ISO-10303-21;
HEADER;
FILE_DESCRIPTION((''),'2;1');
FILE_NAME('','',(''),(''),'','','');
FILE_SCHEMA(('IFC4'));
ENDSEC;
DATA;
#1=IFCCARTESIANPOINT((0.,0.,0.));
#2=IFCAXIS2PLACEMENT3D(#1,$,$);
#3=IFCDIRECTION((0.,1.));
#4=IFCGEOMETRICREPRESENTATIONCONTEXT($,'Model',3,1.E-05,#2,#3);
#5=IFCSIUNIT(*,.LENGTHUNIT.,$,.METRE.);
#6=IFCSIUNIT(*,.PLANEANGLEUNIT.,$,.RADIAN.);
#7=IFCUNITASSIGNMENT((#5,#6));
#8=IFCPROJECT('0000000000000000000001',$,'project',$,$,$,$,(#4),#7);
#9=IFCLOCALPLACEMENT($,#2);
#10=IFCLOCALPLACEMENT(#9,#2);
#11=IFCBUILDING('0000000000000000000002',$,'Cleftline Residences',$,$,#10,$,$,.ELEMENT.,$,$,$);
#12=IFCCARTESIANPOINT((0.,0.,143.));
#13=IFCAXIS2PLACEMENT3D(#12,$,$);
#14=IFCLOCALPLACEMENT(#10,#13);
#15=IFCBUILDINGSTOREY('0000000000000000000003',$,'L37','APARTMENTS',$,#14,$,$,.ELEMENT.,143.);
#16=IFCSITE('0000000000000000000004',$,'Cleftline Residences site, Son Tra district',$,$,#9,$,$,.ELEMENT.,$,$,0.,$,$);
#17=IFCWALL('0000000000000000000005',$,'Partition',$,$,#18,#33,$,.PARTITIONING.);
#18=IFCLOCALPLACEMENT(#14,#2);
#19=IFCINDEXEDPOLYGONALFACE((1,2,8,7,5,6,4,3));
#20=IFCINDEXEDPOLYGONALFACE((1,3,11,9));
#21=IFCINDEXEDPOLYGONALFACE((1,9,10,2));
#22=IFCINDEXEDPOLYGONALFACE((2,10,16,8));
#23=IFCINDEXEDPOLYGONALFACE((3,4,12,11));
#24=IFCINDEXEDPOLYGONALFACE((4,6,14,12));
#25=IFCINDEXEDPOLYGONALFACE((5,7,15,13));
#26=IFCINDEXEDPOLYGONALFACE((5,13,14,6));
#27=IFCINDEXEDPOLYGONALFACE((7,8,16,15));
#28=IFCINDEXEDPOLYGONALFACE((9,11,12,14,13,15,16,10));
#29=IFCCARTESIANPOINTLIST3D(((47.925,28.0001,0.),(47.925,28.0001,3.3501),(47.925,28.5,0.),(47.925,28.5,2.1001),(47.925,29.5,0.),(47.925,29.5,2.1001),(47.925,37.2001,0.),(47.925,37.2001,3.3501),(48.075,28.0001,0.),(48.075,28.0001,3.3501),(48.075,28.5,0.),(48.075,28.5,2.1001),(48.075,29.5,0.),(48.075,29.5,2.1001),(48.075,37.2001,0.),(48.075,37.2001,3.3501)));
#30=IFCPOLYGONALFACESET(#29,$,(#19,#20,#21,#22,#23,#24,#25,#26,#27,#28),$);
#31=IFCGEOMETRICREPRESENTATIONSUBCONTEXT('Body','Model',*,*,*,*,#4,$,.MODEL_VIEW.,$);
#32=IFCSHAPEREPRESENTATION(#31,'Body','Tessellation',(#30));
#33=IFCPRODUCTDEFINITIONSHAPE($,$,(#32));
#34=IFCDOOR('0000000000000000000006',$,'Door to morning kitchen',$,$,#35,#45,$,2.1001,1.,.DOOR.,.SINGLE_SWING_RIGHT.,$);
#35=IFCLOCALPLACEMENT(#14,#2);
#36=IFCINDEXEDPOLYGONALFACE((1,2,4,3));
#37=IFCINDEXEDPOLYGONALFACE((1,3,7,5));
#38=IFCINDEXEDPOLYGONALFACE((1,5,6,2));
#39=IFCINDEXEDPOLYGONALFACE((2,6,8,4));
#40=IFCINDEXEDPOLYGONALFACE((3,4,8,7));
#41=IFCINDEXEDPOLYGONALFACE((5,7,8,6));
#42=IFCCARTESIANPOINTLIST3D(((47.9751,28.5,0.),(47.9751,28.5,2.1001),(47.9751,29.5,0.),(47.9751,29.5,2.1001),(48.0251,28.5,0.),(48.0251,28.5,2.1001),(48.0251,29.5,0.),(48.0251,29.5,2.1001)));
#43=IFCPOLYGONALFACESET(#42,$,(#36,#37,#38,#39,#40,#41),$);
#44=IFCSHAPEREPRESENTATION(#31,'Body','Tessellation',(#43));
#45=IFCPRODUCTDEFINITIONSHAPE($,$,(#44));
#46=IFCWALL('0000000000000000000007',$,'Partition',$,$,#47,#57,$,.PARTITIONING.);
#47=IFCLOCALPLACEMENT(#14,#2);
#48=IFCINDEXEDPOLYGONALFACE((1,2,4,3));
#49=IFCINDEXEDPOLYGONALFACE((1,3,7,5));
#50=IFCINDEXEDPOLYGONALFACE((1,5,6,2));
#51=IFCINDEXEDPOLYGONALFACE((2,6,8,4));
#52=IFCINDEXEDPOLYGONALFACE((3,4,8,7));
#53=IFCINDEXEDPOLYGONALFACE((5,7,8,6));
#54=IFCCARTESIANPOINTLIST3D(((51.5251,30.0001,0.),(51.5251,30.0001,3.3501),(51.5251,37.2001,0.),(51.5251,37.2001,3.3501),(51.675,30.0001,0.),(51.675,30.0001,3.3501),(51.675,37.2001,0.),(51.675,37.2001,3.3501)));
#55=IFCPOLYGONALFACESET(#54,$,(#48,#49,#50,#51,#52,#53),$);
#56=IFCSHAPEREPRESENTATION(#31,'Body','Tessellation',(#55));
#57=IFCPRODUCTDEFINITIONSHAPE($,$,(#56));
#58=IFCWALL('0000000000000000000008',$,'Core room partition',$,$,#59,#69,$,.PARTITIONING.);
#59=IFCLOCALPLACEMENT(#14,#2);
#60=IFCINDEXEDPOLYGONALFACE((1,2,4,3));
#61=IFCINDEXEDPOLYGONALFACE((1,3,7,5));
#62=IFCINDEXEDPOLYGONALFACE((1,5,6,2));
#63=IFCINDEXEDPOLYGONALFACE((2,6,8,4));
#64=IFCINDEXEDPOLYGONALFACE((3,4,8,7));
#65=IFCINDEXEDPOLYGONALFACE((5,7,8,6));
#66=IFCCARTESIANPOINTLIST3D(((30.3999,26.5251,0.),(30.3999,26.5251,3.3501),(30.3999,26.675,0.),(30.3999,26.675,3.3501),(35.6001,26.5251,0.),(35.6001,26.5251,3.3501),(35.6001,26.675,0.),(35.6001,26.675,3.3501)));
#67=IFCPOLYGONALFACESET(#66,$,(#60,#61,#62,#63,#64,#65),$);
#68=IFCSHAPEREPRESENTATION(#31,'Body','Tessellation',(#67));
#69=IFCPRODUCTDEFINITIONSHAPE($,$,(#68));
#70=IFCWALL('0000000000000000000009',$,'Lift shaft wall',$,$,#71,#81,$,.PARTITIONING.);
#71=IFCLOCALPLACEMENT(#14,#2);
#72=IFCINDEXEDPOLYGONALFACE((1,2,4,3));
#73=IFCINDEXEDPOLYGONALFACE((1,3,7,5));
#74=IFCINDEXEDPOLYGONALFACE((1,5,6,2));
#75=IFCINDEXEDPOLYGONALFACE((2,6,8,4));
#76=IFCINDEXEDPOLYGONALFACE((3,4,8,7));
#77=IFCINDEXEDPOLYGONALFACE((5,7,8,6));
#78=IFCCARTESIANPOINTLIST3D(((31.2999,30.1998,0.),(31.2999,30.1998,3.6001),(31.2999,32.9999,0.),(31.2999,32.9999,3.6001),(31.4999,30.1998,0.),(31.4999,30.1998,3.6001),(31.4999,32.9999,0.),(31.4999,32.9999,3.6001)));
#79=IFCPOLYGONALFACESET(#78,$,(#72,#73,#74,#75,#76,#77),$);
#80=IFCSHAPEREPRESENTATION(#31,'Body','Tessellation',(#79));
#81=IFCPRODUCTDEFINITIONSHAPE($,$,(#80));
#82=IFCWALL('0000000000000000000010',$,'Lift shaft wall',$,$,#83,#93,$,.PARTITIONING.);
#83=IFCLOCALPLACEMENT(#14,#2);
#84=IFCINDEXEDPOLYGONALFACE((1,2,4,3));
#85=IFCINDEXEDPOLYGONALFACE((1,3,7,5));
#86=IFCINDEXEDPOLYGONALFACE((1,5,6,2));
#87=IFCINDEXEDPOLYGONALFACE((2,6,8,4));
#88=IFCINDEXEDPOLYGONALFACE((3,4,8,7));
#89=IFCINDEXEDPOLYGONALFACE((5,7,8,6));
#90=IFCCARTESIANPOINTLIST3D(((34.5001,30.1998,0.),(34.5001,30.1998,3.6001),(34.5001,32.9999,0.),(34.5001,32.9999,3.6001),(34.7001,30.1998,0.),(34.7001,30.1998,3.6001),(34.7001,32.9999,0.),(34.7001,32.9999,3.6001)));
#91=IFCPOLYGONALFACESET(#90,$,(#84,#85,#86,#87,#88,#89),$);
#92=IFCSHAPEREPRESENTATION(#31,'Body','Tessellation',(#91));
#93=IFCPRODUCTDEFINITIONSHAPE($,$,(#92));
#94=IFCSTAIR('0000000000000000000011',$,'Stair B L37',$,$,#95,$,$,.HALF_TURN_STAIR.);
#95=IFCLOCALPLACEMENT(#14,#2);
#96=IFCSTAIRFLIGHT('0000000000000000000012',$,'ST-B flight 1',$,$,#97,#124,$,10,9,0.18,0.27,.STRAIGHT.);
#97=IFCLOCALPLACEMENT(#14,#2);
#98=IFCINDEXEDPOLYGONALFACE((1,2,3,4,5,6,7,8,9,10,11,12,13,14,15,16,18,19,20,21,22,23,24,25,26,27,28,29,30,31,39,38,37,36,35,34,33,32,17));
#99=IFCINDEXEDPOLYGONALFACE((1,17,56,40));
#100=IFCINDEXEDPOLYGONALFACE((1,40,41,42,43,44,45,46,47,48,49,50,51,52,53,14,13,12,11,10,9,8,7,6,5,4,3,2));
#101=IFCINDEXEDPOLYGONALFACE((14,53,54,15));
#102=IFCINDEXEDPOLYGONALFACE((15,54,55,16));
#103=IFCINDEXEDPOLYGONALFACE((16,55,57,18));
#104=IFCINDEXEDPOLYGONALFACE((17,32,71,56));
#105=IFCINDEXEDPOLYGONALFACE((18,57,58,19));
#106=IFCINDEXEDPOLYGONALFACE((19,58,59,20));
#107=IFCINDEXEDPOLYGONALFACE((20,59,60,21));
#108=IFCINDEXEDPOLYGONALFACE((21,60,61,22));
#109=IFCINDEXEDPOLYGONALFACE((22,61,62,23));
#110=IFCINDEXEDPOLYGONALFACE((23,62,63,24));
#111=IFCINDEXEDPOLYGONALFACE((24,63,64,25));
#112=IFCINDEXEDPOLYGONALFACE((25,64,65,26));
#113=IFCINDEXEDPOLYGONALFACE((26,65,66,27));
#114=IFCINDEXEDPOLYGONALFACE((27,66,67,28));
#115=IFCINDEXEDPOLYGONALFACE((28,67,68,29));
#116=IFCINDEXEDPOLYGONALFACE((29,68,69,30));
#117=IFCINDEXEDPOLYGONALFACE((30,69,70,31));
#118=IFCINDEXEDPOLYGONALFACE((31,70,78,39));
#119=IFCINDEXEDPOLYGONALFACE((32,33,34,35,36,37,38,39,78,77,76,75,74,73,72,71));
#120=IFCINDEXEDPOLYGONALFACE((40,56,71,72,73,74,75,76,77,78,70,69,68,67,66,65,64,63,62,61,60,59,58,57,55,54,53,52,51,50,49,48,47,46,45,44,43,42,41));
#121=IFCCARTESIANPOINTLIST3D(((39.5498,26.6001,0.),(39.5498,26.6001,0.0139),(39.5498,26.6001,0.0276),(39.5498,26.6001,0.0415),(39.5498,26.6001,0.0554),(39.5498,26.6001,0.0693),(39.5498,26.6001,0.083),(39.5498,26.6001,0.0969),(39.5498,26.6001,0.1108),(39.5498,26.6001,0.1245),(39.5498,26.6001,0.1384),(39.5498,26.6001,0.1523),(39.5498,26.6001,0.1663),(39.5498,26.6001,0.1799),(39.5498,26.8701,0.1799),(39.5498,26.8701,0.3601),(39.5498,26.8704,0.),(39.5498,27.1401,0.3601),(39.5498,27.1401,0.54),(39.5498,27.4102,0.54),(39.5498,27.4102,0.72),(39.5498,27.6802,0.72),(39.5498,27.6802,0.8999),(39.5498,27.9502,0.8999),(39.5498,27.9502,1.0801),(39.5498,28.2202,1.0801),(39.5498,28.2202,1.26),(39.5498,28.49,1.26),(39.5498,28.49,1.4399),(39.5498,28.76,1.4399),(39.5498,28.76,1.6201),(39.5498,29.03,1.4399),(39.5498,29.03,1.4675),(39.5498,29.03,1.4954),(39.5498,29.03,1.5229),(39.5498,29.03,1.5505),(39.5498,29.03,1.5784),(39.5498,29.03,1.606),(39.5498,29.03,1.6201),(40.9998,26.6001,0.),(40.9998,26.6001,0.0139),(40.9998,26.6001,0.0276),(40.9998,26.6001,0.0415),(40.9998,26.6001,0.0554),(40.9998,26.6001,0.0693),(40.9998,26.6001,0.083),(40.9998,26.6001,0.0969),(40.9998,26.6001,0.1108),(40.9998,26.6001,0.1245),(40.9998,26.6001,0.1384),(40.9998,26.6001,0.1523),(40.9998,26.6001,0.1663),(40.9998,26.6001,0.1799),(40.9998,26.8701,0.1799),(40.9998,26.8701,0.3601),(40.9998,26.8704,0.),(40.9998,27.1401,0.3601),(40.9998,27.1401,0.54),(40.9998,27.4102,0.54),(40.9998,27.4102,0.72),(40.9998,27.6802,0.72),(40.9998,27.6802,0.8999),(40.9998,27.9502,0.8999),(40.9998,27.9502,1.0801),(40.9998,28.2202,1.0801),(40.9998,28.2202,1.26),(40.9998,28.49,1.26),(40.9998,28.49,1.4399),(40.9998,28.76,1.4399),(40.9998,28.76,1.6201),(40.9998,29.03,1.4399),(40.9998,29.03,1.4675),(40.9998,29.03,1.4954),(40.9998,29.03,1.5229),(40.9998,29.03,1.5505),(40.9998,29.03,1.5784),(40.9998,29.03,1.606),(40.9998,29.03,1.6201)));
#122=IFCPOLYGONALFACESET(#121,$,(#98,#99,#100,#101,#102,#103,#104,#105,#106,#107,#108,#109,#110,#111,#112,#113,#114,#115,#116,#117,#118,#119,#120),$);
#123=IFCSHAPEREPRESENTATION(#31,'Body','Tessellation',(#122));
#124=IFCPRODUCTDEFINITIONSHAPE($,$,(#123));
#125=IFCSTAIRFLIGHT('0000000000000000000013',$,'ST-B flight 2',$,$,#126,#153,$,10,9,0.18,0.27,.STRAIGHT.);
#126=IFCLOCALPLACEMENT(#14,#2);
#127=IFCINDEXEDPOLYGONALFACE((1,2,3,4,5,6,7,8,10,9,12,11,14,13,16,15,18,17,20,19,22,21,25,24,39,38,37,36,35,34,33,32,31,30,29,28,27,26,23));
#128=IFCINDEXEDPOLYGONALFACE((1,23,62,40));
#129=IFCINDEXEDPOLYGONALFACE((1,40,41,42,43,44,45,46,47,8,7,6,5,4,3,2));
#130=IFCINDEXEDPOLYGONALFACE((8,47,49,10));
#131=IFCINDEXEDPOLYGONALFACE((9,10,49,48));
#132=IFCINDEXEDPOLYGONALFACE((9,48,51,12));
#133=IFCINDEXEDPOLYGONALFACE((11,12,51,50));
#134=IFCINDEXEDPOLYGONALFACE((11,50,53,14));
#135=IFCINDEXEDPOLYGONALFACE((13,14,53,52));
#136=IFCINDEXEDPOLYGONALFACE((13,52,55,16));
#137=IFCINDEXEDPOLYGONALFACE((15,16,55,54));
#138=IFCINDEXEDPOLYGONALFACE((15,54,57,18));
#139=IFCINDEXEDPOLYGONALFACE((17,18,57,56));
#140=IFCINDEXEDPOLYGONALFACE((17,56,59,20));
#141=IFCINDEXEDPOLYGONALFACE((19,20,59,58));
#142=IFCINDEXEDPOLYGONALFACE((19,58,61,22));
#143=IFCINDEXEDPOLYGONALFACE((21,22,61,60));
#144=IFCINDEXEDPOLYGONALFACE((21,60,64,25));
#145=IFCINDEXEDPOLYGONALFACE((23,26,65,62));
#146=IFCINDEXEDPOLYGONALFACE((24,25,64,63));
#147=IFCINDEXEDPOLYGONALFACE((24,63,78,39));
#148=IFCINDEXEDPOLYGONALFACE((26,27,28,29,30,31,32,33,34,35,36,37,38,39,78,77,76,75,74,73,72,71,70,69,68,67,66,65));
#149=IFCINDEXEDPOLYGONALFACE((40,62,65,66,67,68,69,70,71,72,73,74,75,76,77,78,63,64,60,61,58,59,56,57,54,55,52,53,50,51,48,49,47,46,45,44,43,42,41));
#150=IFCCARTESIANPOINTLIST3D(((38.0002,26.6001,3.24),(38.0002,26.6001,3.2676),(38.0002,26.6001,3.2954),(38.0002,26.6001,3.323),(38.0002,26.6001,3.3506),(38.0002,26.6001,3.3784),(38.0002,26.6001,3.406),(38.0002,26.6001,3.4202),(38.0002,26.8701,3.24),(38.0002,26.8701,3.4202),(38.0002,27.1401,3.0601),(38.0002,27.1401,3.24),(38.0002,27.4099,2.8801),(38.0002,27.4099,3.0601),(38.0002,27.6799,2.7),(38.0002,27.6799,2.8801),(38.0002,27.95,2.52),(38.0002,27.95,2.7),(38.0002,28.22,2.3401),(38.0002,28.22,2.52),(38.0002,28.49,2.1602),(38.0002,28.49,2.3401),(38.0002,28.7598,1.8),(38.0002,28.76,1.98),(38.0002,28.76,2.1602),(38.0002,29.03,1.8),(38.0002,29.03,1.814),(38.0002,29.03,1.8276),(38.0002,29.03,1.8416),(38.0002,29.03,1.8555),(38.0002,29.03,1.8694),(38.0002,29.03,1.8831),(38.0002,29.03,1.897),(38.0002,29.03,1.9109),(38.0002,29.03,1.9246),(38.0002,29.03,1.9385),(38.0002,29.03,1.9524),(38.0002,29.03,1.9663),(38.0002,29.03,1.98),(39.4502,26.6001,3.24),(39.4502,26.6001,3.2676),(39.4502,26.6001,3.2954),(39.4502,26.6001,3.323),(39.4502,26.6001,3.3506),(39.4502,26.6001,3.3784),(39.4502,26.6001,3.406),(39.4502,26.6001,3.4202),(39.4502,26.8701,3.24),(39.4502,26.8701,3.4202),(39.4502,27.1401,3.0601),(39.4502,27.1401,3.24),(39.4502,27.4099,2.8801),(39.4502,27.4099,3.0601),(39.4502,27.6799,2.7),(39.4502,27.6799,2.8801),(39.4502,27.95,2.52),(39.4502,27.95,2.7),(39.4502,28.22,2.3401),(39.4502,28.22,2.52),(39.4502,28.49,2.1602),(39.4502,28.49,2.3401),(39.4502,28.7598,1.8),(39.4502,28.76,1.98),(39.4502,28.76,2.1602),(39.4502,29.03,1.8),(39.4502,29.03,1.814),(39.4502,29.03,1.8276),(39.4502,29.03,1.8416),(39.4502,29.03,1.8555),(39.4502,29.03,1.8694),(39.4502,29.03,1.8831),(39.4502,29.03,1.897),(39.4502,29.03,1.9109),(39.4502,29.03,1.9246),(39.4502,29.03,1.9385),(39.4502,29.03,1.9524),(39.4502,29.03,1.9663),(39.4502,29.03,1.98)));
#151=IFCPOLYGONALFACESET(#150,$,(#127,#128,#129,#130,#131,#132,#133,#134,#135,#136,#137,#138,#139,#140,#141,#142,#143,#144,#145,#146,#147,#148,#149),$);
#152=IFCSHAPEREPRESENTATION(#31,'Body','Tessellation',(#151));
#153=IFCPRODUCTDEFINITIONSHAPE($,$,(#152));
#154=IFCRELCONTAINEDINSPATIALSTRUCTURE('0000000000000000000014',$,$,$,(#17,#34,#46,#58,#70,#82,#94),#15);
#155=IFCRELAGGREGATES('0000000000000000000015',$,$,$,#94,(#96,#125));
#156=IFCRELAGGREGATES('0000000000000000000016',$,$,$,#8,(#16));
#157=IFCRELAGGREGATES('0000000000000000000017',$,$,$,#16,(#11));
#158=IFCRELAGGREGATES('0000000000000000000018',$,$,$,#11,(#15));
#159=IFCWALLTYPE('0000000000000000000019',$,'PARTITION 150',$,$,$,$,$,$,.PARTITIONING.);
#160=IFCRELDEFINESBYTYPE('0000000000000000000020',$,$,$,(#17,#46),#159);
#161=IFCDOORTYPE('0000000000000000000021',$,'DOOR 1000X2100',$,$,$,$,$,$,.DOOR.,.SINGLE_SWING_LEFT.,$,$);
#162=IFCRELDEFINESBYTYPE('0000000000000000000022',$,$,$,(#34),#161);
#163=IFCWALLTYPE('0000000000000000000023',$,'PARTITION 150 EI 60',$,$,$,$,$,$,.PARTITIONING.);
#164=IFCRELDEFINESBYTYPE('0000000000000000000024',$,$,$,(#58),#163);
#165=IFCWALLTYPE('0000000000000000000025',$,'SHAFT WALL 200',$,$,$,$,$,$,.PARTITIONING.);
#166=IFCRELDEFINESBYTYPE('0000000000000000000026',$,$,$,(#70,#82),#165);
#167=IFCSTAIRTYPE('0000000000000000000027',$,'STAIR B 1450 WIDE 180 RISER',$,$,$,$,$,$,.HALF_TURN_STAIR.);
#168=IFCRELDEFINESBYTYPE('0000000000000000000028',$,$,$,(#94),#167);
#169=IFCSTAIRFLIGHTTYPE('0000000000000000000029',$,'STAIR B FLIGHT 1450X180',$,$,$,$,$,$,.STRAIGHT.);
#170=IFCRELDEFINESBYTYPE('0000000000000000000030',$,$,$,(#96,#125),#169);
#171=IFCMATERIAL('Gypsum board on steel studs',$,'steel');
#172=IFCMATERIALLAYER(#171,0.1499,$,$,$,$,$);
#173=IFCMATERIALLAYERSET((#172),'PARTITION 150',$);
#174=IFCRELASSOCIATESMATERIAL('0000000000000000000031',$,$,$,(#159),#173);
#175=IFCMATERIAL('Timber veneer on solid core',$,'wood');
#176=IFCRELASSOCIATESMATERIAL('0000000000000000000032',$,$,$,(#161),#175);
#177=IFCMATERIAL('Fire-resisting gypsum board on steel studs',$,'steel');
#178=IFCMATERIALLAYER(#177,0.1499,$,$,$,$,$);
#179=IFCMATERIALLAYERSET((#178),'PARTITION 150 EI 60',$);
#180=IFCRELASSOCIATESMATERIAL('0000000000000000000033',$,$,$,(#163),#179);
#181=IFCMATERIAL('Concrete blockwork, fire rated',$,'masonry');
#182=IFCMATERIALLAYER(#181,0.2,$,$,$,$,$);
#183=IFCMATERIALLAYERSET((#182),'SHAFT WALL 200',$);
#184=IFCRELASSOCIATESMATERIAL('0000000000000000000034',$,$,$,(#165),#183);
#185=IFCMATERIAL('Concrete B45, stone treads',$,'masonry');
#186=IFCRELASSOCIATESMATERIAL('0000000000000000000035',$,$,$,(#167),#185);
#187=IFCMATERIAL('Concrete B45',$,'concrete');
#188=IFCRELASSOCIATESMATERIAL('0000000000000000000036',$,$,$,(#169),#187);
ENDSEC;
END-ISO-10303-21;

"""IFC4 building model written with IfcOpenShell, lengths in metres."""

from ifc_helpers import new_model, si_unit, direction, frame, frame_2d, origin, place, context, subcontext, project, spatial, polyline, rectangle, outline, extrude, material, layer, layer_set, type_object, element, fill, aggregate, save


model = new_model("IFC4")

# Units and contexts
model_context = context("Model", 3, precision=1e-05, world=origin(), true_north=direction((0.0, 1.0)))
body_context = subcontext(model_context, "Body", "Model", "MODEL_VIEW")
ifc_project = project(units=[si_unit("LENGTHUNIT", "METRE"), si_unit("PLANEANGLEUNIT", "RADIAN")], contexts=[model_context])

# Site, building, storey
site_placement = place(None, origin())
site = spatial("IfcSite", under=ifc_project, at=site_placement, Name="Cleftline Residences site, Son Tra district", CompositionType="ELEMENT", RefElevation=0.0)
building_placement = place(site_placement, origin())
building = spatial("IfcBuilding", under=site, at=building_placement, Name="Cleftline Residences", CompositionType="ELEMENT")
storey_placement = place(building_placement, frame((0.0, 0.0, 143.0)))
storey = spatial("IfcBuildingStorey", under=building, at=storey_placement, Name="L37", Description="APARTMENTS", CompositionType="ELEMENT", Elevation=143.0)

# Shared definitions
ifc_material_1 = material(Name="Gypsum board on steel studs", Category="steel")
ifc_layer_1 = layer(ifc_material_1, 0.1499)
ifc_layer_set_1 = layer_set([ifc_layer_1], Name="PARTITION 150")
wall_type_1 = type_object("IfcWallType", Name="PARTITION 150", PredefinedType="PARTITIONING", material=ifc_layer_set_1)
ifc_material_2 = material(Name="Timber veneer on solid core", Category="wood")
door_type_1 = type_object("IfcDoorType", Name="DOOR 1000X2100", OperationType="SINGLE_SWING_LEFT", PredefinedType="DOOR", material=ifc_material_2)

# Wall, opening, door
wall_1_placement = place(storey_placement, frame((48.0, 28.0, 0.0), z_axis=(0.0, 0.0, 1.0), x_axis=(0.0, 1.0, 0.0)))
wall_1 = element("IfcWall", 1, at=wall_1_placement, inside=storey, type_object=wall_type_1, Name="Partition", PredefinedType="PARTITIONING", context=body_context, shape_type="SweptSolid", body=[
    extrude(rectangle(XDim=9.2, YDim=0.1499, at=frame_2d((4.6001, 0.0))), origin(), (0.0, 0.0, 1.0), 3.3501),
])
opening_1_placement = place(wall_1_placement, frame((0.5, 0.0, 0.0)))
opening_1 = element("IfcOpeningElement", 2, at=opening_1_placement, cuts=wall_1, PredefinedType="OPENING", context=body_context, shape_type="SweptSolid", body=[
    extrude(rectangle(XDim=1.0, YDim=2.1001, at=frame_2d((0.5, 1.05))), frame((0.0, 0.085, 0.0), z_axis=(0.0, -1.0, 0.0), x_axis=(1.0, 0.0, 0.0)), (0.0, 0.0, 1.0), 0.1699),
])
door_1_placement = place(opening_1_placement, origin())
door_1 = element("IfcDoor", 3, at=door_1_placement, inside=storey, type_object=door_type_1, Name="Door to morning kitchen", OperationType="SINGLE_SWING_RIGHT", OverallHeight=2.1001, OverallWidth=1.0, PredefinedType="DOOR", context=body_context, shape_type="SweptSolid", body=[
    extrude(rectangle(XDim=1.0, YDim=2.1001, at=frame_2d((0.5, 1.05))), frame((0.0, 0.0249, 0.0), z_axis=(0.0, -1.0, 0.0), x_axis=(1.0, 0.0, 0.0)), (0.0, 0.0, 1.0), 0.05),
])
fill(opening_1, door_1)

# Walls
wall_2_placement = place(storey_placement, frame((51.6001, 30.0, 0.0), z_axis=(0.0, 0.0, 1.0), x_axis=(0.0, 1.0, 0.0)))
element("IfcWall", 4, at=wall_2_placement, inside=storey, type_object=wall_type_1, Name="Partition", PredefinedType="PARTITIONING", context=body_context, shape_type="SweptSolid", body=[
    extrude(rectangle(XDim=7.2, YDim=0.1499, at=frame_2d((3.6001, 0.0))), origin(), (0.0, 0.0, 1.0), 3.3501),
])
ifc_material_3 = material(Name="Fire-resisting gypsum board on steel studs", Category="steel")
ifc_layer_2 = layer(ifc_material_3, 0.1499)
ifc_layer_set_2 = layer_set([ifc_layer_2], Name="PARTITION 150 EI 60")
wall_type_2 = type_object("IfcWallType", Name="PARTITION 150 EI 60", PredefinedType="PARTITIONING", material=ifc_layer_set_2)
wall_3_placement = place(storey_placement, frame((30.3999, 26.6001, 0.0), z_axis=(0.0, 0.0, 1.0), x_axis=(1.0, 0.0, 0.0)))
element("IfcWall", 5, at=wall_3_placement, inside=storey, type_object=wall_type_2, Name="Core room partition", PredefinedType="PARTITIONING", context=body_context, shape_type="SweptSolid", body=[
    extrude(rectangle(XDim=5.2002, YDim=0.1499, at=frame_2d((2.6001, 0.0))), origin(), (0.0, 0.0, 1.0), 3.3501),
])
ifc_material_4 = material(Name="Concrete blockwork, fire rated", Category="masonry")
ifc_layer_3 = layer(ifc_material_4, 0.2)
ifc_layer_set_3 = layer_set([ifc_layer_3], Name="SHAFT WALL 200")
wall_type_3 = type_object("IfcWallType", Name="SHAFT WALL 200", PredefinedType="PARTITIONING", material=ifc_layer_set_3)
for number, where, z_axis, x_axis, name in (
    (6, (31.3999, 30.2, 0.0), (0.0, 0.0, 1.0), (0.0, 1.0, 0.0), "Lift shaft wall"),
    (7, (34.6001, 30.2, 0.0), (0.0, 0.0, 1.0), (0.0, 1.0, 0.0), "Lift shaft wall"),
):
    element("IfcWall", number, at=place(storey_placement, frame(where, z_axis=z_axis, x_axis=x_axis)), inside=storey, type_object=wall_type_3, Name=name, PredefinedType="PARTITIONING", context=body_context, shape_type="SweptSolid", body=[
        extrude(rectangle(XDim=2.8, YDim=0.2, at=frame_2d((1.3999, 0.0))), origin(), (0.0, 0.0, 1.0), 3.6001),
    ])

# Stair, stair flights
ifc_material_5 = material(Name="Concrete B45, stone treads", Category="masonry")
stair_type = type_object("IfcStairType", Name="STAIR B 1450 WIDE 180 RISER", PredefinedType="HALF_TURN_STAIR", material=ifc_material_5)
stair_placement = place(storey_placement, origin())
stair = element("IfcStair", 8, at=stair_placement, inside=storey, type_object=stair_type, Name="Stair B L37", PredefinedType="HALF_TURN_STAIR")
ifc_material_6 = material(Name="Concrete B45", Category="concrete")
stair_flight_type = type_object("IfcStairFlightType", Name="STAIR B FLIGHT 1450X180", PredefinedType="STRAIGHT", material=ifc_material_6)
stair_flight_1_placement = place(storey_placement, frame((40.2749, 26.6001, 0.0), z_axis=(0.0, 0.0, 1.0), x_axis=(0.0, 1.0, 0.0)))
stair_flight_1 = element("IfcStairFlight", 9, at=stair_flight_1_placement, type_object=stair_flight_type, Name="ST-B flight 1", NumberOfRisers=10, NumberOfTreads=9, PredefinedType="STRAIGHT", RiserHeight=0.18, TreadLength=0.27, context=body_context, shape_type="SweptSolid", body=[
    extrude(outline(polyline([(0.0, 0.0), (0.0, 0.0139), (0.0, 0.0276), (0.0, 0.0415), (0.0, 0.0554), (0.0, 0.0693), (0.0, 0.083), (0.0, 0.0969), (0.0, 0.1108), (0.0, 0.1245), (0.0, 0.1384), (0.0, 0.1523), (0.0, 0.1663), (0.0, 0.1799), (0.27, 0.1799), (0.27, 0.3601), (0.54, 0.3601), (0.54, 0.54), (0.8101, 0.54), (0.8101, 0.72), (1.0801, 0.72), (1.0801, 0.8999), (1.3501, 0.8999), (1.3501, 1.0801), (1.6201, 1.0801), (1.6201, 1.26), (1.8899, 1.26), (1.8899, 1.4399), (2.1599, 1.4399), (2.1599, 1.6201), (2.4299, 1.6201), (2.4299, 1.8), (2.4299, 1.7722), (2.4299, 1.7446), (2.4299, 1.7168), (2.4299, 1.6892), (2.4299, 1.6614), (2.4299, 1.6338), (2.4299, 1.606), (2.4299, 1.5784), (2.4299, 1.5505), (2.4299, 1.5229), (2.4299, 1.4954), (2.4299, 1.4675), (2.4299, 1.4399), (0.2703, 0.0), (0.0, 0.0)])), frame((0.0, 0.7251, 0.0), z_axis=(0.0, -1.0, 0.0), x_axis=(1.0, 0.0, 0.0)), (0.0, 0.0, 1.0), 1.45),
])
stair_flight_2_placement = place(storey_placement, frame((38.7251, 29.03, 1.8), z_axis=(0.0, 0.0, 1.0), x_axis=(0.0, -1.0, 0.0)))
stair_flight_2 = element("IfcStairFlight", 10, at=stair_flight_2_placement, type_object=stair_flight_type, Name="ST-B flight 2", NumberOfRisers=10, NumberOfTreads=9, PredefinedType="STRAIGHT", RiserHeight=0.18, TreadLength=0.27, context=body_context, shape_type="SweptSolid", body=[
    extrude(outline(polyline([(0.0, 0.0), (0.0, 0.0139), (0.0, 0.0276), (0.0, 0.0415), (0.0, 0.0554), (0.0, 0.0693), (0.0, 0.083), (0.0, 0.0969), (0.0, 0.1108), (0.0, 0.1245), (0.0, 0.1384), (0.0, 0.1523), (0.0, 0.1663), (0.0, 0.1799), (0.27, 0.1799), (0.27, 0.3601), (0.54, 0.3601), (0.54, 0.54), (0.8101, 0.54), (0.8101, 0.72), (1.0801, 0.72), (1.0801, 0.8999), (1.3501, 0.8999), (1.3501, 1.0801), (1.6201, 1.0801), (1.6201, 1.26), (1.8899, 1.26), (1.8899, 1.4399), (2.1599, 1.4399), (2.1599, 1.6201), (2.4299, 1.6201), (2.4299, 1.8), (2.4299, 1.7722), (2.4299, 1.7446), (2.4299, 1.7168), (2.4299, 1.6892), (2.4299, 1.6614), (2.4299, 1.6338), (2.4299, 1.606), (2.4299, 1.5784), (2.4299, 1.5505), (2.4299, 1.5229), (2.4299, 1.4954), (2.4299, 1.4675), (2.4299, 1.4399), (0.2703, 0.0), (0.0, 0.0)])), frame((0.0, 0.7251, 0.0), z_axis=(0.0, -1.0, 0.0), x_axis=(1.0, 0.0, 0.0)), (0.0, 0.0, 1.0), 1.45),
])
aggregate(stair, [stair_flight_1, stair_flight_2])

save(model, "model.ifc")
